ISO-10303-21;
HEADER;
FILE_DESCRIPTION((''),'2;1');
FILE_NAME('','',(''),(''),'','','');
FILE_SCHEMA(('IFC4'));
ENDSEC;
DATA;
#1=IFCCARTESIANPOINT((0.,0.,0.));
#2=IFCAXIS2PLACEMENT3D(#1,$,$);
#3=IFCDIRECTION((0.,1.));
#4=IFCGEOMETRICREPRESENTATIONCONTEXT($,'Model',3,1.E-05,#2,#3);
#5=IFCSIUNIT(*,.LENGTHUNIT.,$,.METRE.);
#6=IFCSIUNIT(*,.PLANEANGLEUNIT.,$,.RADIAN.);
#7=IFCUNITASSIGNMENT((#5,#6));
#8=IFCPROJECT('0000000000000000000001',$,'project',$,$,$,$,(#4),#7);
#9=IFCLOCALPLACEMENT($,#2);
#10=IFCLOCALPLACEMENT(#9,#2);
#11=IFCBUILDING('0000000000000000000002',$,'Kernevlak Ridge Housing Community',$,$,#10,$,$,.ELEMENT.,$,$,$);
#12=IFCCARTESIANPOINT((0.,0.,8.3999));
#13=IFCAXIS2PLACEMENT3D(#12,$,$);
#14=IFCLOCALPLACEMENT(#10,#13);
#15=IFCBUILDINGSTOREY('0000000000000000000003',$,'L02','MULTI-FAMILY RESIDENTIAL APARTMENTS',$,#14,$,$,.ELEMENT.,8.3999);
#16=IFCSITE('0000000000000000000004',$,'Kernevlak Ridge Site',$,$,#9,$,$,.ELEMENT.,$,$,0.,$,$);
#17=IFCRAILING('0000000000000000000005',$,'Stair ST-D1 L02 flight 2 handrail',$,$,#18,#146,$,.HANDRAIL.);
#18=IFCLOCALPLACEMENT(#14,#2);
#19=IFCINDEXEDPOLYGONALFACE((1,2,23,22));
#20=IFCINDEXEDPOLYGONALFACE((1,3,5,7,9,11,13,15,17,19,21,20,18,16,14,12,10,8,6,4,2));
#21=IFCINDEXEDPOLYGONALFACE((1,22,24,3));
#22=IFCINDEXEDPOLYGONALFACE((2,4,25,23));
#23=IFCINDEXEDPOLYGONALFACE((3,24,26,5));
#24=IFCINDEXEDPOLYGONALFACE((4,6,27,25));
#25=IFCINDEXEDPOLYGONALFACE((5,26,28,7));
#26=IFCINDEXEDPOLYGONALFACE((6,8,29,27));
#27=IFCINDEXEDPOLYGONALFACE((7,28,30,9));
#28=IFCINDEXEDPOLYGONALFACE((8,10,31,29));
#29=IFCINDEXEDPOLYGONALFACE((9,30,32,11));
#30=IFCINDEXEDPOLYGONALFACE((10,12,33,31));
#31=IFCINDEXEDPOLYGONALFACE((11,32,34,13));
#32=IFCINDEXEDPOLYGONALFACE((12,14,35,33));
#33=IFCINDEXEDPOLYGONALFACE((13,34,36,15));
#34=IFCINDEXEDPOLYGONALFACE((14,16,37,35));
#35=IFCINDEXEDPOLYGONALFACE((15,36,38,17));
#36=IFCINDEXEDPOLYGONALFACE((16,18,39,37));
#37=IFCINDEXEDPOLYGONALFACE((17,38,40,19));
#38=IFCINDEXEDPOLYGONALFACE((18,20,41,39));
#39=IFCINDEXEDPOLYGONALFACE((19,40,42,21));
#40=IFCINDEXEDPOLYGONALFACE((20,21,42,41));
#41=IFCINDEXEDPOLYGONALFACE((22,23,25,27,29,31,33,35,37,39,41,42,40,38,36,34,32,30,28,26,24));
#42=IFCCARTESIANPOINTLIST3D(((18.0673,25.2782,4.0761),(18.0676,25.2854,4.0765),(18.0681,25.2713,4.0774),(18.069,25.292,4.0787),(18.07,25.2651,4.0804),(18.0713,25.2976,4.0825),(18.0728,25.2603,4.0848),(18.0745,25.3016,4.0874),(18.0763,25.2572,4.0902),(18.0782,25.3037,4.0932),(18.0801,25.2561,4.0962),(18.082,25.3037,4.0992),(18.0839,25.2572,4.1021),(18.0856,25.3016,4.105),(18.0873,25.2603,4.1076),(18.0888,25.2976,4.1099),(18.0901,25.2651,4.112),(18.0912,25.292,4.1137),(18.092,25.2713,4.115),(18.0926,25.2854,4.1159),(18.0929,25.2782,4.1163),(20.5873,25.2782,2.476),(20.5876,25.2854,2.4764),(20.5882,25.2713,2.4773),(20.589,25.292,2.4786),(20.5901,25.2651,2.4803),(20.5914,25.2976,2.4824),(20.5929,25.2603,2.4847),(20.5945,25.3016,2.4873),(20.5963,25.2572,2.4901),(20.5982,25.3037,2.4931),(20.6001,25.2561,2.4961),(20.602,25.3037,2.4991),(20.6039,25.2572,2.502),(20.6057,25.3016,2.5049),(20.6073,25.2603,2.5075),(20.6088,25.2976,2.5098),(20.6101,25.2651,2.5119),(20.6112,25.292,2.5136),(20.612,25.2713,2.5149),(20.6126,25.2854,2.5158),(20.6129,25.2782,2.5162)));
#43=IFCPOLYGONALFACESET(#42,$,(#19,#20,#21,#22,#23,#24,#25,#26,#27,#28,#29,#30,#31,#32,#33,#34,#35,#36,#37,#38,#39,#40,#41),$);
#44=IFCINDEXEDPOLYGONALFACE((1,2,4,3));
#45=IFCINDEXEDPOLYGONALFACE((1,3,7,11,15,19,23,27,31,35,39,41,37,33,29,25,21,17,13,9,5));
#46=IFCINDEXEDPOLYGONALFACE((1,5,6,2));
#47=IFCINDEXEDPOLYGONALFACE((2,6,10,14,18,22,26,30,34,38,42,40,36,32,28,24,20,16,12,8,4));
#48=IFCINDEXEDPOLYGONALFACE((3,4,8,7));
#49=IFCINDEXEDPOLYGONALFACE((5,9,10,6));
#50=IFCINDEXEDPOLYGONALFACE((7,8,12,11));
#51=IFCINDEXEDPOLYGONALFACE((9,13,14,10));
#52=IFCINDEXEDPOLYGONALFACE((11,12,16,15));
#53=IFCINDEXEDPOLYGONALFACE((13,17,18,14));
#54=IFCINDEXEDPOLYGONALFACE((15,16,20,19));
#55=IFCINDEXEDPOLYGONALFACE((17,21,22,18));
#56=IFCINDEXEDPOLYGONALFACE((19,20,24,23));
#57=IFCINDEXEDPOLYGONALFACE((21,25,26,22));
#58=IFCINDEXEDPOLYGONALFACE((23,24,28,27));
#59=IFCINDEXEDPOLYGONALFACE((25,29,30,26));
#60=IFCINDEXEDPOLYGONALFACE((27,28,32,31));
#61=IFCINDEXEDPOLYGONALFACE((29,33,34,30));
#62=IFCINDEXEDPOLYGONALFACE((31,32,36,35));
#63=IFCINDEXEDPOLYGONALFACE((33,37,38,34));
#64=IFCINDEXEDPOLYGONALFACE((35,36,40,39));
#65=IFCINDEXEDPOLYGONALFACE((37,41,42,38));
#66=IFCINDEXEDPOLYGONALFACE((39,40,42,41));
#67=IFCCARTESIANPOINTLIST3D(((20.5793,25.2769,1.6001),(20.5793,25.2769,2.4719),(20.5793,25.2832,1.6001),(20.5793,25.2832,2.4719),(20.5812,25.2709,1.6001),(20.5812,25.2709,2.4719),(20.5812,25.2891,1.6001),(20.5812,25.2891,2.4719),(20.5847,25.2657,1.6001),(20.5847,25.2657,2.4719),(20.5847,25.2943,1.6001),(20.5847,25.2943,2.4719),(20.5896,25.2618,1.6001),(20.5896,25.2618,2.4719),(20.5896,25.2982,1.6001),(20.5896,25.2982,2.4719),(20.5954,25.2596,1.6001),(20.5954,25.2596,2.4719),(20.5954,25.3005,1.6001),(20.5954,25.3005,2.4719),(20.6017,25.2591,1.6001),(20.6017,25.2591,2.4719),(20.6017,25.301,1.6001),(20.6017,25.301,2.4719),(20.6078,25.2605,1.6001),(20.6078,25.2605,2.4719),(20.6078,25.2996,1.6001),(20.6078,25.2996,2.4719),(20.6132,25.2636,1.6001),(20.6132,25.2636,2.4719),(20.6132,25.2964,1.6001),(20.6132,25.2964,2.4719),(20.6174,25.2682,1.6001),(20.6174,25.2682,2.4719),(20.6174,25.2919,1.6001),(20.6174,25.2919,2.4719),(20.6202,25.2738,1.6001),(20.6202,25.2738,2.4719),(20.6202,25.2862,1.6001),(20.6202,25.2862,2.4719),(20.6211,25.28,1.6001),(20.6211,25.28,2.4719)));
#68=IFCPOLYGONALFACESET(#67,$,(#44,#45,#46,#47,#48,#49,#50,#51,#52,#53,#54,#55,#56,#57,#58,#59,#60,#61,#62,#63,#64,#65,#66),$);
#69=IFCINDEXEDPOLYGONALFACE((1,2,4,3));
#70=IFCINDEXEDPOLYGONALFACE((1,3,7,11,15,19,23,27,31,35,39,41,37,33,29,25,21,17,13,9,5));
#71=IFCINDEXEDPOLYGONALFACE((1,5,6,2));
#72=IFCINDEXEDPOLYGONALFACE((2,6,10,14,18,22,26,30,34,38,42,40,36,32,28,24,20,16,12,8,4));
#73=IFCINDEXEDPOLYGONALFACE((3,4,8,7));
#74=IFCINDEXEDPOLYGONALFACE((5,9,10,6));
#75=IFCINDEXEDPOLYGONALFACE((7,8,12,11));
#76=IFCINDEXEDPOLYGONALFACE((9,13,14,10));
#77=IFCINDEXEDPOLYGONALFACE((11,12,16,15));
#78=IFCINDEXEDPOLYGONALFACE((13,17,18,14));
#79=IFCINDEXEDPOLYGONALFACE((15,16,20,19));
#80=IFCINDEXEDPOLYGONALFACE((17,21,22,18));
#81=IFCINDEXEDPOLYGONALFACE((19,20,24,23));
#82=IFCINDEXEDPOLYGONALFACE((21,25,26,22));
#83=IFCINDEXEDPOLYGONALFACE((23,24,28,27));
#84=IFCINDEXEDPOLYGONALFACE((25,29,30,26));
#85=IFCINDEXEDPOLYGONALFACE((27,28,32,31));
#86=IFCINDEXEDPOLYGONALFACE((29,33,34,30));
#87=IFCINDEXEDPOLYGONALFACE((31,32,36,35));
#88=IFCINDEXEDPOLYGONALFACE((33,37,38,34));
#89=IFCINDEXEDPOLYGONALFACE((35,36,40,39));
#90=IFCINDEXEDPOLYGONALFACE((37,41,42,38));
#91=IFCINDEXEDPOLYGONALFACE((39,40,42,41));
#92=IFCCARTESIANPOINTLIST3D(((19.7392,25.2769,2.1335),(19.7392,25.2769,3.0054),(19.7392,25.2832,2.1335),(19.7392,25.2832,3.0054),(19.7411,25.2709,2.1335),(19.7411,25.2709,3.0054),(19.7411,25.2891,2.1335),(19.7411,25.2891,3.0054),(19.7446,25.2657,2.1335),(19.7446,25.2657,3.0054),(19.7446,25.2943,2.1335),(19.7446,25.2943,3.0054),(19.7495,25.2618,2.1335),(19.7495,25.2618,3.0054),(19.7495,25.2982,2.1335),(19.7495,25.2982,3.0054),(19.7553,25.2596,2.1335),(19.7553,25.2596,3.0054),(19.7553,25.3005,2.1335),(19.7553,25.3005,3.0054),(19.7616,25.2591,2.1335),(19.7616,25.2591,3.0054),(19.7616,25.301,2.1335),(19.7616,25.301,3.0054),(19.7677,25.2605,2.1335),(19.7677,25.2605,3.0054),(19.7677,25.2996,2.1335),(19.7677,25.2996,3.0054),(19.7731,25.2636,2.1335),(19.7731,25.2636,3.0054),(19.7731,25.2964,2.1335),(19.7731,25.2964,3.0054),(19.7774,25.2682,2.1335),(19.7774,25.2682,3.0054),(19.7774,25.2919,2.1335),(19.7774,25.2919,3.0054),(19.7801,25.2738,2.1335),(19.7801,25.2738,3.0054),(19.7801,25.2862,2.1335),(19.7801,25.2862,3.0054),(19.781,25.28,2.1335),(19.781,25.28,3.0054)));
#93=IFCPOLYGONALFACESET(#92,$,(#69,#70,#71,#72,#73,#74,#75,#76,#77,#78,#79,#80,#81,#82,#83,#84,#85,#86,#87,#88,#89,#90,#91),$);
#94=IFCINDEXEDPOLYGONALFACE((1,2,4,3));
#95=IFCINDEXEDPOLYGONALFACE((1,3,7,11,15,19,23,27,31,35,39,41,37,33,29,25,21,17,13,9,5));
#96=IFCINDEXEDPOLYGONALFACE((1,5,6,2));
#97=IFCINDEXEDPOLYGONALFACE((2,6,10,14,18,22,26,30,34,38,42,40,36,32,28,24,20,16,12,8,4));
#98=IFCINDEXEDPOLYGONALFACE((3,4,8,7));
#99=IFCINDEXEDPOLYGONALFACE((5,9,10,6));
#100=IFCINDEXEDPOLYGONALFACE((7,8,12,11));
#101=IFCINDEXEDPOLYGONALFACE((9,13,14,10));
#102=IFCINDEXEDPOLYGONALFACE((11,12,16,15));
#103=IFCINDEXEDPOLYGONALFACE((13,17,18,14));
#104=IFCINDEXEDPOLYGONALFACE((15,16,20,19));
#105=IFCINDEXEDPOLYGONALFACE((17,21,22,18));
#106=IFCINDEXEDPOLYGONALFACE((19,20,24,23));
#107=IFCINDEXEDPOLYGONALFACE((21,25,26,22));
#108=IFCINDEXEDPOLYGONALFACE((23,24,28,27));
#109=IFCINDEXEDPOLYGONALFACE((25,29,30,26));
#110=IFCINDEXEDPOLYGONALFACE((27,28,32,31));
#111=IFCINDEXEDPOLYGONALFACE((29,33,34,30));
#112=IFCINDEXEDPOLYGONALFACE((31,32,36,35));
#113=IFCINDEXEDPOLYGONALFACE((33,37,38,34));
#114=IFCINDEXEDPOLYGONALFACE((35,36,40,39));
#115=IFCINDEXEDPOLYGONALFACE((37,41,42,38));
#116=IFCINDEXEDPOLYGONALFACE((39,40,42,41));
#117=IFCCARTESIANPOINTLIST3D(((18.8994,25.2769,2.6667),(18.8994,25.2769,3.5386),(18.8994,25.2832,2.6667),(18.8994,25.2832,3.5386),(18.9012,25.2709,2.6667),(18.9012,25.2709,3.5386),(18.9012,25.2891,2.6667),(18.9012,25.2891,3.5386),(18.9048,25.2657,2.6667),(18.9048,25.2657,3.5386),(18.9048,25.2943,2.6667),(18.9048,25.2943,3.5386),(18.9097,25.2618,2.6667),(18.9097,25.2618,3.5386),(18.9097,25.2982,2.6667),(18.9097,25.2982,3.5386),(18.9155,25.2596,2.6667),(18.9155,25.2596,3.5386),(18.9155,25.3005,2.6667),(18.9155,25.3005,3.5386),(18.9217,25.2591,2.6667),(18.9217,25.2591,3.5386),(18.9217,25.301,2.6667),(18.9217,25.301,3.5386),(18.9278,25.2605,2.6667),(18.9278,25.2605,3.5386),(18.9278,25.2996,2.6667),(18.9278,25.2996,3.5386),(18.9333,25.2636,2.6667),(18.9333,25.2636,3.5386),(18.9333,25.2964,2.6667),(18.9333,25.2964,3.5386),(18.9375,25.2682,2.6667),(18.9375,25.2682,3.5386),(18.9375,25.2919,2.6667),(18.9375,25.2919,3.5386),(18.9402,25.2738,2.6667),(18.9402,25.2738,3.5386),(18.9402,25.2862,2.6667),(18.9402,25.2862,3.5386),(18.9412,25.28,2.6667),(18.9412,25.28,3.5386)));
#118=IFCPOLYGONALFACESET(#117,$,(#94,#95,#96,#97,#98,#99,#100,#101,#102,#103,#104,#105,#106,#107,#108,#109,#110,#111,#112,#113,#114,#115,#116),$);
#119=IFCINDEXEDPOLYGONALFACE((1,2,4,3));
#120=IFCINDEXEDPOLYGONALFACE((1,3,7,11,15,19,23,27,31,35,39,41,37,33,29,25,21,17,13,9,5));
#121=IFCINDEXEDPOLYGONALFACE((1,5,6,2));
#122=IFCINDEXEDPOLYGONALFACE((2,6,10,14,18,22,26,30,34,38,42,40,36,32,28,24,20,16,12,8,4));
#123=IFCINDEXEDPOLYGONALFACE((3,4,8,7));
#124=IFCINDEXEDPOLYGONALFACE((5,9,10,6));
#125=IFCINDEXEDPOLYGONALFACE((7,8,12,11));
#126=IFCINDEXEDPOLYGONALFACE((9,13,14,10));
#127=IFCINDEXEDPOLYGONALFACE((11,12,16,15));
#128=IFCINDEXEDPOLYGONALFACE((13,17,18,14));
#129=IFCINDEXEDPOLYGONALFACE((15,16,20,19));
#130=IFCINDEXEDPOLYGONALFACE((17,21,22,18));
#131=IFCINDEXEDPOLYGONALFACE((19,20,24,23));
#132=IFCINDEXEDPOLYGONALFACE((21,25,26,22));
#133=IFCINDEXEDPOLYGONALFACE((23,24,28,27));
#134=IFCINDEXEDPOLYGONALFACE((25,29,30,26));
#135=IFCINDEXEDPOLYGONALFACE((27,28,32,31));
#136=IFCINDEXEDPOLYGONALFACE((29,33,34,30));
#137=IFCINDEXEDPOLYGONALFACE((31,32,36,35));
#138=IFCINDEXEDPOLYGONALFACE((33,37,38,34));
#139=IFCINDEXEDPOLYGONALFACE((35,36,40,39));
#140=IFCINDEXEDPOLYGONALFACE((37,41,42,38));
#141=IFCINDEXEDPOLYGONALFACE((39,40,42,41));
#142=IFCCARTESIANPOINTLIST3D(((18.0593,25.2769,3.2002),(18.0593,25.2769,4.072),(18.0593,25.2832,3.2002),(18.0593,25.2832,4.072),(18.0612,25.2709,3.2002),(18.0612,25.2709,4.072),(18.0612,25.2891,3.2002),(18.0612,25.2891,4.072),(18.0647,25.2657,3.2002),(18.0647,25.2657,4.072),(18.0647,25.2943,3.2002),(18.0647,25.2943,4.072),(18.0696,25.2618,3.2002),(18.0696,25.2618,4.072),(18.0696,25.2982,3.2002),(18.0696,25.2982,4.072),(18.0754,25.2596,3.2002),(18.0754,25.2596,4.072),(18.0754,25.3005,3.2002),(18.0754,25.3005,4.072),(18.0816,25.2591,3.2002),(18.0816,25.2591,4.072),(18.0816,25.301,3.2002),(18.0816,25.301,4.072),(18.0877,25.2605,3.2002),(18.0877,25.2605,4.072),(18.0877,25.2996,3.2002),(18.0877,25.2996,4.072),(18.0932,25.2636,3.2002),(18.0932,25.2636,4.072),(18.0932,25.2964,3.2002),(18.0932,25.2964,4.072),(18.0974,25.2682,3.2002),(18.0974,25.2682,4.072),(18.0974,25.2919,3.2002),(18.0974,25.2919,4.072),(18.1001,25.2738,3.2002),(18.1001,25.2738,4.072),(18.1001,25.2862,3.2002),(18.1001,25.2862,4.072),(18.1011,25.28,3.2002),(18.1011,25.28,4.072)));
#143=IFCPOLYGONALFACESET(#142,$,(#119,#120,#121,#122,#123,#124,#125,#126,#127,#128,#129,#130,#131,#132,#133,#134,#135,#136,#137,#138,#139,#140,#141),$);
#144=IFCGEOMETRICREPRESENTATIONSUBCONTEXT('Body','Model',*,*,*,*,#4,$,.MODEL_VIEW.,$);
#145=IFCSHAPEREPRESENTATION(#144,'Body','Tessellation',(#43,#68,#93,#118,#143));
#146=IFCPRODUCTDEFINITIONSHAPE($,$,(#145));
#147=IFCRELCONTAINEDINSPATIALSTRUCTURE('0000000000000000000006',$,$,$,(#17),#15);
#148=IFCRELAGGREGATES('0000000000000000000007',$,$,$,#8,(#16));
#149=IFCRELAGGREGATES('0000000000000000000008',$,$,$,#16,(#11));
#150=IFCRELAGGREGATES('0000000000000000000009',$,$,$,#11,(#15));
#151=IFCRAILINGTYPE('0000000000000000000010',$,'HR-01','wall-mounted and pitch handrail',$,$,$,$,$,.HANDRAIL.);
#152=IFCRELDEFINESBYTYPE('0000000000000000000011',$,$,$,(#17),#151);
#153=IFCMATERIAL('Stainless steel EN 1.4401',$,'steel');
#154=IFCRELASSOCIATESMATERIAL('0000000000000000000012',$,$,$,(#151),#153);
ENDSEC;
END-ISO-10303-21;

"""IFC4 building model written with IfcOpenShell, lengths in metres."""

from ifc_helpers import new_model, si_unit, direction, frame, origin, origin_2d, place, context, subcontext, project, spatial, circle, extrude, material, type_object, element, save


model = new_model("IFC4")

# Units and contexts
model_context = context("Model", 3, precision=1e-05, world=origin(), true_north=direction((0.0, 1.0)))
body_context = subcontext(model_context, "Body", "Model", "MODEL_VIEW")
ifc_project = project(units=[si_unit("LENGTHUNIT", "METRE"), si_unit("PLANEANGLEUNIT", "RADIAN")], contexts=[model_context])

# Site, building, storey
site_placement = place(None, origin())
site = spatial("IfcSite", under=ifc_project, at=site_placement, Name="Kernevlak Ridge Site", CompositionType="ELEMENT", RefElevation=0.0)
building_placement = place(site_placement, origin())
building = spatial("IfcBuilding", under=site, at=building_placement, Name="Kernevlak Ridge Housing Community", CompositionType="ELEMENT")
storey_placement = place(building_placement, frame((0.0, 0.0, 8.3999)))
storey = spatial("IfcBuildingStorey", under=building, at=storey_placement, Name="L02", Description="MULTI-FAMILY RESIDENTIAL APARTMENTS", CompositionType="ELEMENT", Elevation=8.3999)

# Railing
ifc_material_1 = material(Name="Stainless steel EN 1.4401", Category="steel")
railing_type_1 = type_object("IfcRailingType", Name="HR-01", Description="wall-mounted and pitch handrail", PredefinedType="HANDRAIL", material=ifc_material_1)
railing_1_placement = place(storey_placement, frame((20.6001, 25.28, 1.6001)))
element("IfcRailing", 1, at=railing_1_placement, inside=storey, type_object=railing_type_1, Name="Stair ST-D1 L02 flight 2 handrail", PredefinedType="HANDRAIL", context=body_context, shape_type="SweptSolid", body=[
    extrude(circle(Radius=0.0239, at=origin_2d()), frame((0.0, 0.0, 0.896), z_axis=(-0.8442, 0.0, 0.536028), x_axis=(0.0, -1.0, 0.0)), (0.0, 0.0, 1.0), 2.9851),
    extrude(circle(Radius=0.021, at=origin_2d()), origin(), (0.0, 0.0, 1.0), 0.8718),
    extrude(circle(Radius=0.021, at=origin_2d()), frame((-0.8401, 0.0, 0.5334)), (0.0, 0.0, 1.0), 0.8718),
    extrude(circle(Radius=0.021, at=origin_2d()), frame((-1.6799, 0.0, 1.0667)), (0.0, 0.0, 1.0), 0.8718),
    extrude(circle(Radius=0.021, at=origin_2d()), frame((-2.52, 0.0, 1.6001)), (0.0, 0.0, 1.0), 0.8718),
])

save(model, "model.ifc")
